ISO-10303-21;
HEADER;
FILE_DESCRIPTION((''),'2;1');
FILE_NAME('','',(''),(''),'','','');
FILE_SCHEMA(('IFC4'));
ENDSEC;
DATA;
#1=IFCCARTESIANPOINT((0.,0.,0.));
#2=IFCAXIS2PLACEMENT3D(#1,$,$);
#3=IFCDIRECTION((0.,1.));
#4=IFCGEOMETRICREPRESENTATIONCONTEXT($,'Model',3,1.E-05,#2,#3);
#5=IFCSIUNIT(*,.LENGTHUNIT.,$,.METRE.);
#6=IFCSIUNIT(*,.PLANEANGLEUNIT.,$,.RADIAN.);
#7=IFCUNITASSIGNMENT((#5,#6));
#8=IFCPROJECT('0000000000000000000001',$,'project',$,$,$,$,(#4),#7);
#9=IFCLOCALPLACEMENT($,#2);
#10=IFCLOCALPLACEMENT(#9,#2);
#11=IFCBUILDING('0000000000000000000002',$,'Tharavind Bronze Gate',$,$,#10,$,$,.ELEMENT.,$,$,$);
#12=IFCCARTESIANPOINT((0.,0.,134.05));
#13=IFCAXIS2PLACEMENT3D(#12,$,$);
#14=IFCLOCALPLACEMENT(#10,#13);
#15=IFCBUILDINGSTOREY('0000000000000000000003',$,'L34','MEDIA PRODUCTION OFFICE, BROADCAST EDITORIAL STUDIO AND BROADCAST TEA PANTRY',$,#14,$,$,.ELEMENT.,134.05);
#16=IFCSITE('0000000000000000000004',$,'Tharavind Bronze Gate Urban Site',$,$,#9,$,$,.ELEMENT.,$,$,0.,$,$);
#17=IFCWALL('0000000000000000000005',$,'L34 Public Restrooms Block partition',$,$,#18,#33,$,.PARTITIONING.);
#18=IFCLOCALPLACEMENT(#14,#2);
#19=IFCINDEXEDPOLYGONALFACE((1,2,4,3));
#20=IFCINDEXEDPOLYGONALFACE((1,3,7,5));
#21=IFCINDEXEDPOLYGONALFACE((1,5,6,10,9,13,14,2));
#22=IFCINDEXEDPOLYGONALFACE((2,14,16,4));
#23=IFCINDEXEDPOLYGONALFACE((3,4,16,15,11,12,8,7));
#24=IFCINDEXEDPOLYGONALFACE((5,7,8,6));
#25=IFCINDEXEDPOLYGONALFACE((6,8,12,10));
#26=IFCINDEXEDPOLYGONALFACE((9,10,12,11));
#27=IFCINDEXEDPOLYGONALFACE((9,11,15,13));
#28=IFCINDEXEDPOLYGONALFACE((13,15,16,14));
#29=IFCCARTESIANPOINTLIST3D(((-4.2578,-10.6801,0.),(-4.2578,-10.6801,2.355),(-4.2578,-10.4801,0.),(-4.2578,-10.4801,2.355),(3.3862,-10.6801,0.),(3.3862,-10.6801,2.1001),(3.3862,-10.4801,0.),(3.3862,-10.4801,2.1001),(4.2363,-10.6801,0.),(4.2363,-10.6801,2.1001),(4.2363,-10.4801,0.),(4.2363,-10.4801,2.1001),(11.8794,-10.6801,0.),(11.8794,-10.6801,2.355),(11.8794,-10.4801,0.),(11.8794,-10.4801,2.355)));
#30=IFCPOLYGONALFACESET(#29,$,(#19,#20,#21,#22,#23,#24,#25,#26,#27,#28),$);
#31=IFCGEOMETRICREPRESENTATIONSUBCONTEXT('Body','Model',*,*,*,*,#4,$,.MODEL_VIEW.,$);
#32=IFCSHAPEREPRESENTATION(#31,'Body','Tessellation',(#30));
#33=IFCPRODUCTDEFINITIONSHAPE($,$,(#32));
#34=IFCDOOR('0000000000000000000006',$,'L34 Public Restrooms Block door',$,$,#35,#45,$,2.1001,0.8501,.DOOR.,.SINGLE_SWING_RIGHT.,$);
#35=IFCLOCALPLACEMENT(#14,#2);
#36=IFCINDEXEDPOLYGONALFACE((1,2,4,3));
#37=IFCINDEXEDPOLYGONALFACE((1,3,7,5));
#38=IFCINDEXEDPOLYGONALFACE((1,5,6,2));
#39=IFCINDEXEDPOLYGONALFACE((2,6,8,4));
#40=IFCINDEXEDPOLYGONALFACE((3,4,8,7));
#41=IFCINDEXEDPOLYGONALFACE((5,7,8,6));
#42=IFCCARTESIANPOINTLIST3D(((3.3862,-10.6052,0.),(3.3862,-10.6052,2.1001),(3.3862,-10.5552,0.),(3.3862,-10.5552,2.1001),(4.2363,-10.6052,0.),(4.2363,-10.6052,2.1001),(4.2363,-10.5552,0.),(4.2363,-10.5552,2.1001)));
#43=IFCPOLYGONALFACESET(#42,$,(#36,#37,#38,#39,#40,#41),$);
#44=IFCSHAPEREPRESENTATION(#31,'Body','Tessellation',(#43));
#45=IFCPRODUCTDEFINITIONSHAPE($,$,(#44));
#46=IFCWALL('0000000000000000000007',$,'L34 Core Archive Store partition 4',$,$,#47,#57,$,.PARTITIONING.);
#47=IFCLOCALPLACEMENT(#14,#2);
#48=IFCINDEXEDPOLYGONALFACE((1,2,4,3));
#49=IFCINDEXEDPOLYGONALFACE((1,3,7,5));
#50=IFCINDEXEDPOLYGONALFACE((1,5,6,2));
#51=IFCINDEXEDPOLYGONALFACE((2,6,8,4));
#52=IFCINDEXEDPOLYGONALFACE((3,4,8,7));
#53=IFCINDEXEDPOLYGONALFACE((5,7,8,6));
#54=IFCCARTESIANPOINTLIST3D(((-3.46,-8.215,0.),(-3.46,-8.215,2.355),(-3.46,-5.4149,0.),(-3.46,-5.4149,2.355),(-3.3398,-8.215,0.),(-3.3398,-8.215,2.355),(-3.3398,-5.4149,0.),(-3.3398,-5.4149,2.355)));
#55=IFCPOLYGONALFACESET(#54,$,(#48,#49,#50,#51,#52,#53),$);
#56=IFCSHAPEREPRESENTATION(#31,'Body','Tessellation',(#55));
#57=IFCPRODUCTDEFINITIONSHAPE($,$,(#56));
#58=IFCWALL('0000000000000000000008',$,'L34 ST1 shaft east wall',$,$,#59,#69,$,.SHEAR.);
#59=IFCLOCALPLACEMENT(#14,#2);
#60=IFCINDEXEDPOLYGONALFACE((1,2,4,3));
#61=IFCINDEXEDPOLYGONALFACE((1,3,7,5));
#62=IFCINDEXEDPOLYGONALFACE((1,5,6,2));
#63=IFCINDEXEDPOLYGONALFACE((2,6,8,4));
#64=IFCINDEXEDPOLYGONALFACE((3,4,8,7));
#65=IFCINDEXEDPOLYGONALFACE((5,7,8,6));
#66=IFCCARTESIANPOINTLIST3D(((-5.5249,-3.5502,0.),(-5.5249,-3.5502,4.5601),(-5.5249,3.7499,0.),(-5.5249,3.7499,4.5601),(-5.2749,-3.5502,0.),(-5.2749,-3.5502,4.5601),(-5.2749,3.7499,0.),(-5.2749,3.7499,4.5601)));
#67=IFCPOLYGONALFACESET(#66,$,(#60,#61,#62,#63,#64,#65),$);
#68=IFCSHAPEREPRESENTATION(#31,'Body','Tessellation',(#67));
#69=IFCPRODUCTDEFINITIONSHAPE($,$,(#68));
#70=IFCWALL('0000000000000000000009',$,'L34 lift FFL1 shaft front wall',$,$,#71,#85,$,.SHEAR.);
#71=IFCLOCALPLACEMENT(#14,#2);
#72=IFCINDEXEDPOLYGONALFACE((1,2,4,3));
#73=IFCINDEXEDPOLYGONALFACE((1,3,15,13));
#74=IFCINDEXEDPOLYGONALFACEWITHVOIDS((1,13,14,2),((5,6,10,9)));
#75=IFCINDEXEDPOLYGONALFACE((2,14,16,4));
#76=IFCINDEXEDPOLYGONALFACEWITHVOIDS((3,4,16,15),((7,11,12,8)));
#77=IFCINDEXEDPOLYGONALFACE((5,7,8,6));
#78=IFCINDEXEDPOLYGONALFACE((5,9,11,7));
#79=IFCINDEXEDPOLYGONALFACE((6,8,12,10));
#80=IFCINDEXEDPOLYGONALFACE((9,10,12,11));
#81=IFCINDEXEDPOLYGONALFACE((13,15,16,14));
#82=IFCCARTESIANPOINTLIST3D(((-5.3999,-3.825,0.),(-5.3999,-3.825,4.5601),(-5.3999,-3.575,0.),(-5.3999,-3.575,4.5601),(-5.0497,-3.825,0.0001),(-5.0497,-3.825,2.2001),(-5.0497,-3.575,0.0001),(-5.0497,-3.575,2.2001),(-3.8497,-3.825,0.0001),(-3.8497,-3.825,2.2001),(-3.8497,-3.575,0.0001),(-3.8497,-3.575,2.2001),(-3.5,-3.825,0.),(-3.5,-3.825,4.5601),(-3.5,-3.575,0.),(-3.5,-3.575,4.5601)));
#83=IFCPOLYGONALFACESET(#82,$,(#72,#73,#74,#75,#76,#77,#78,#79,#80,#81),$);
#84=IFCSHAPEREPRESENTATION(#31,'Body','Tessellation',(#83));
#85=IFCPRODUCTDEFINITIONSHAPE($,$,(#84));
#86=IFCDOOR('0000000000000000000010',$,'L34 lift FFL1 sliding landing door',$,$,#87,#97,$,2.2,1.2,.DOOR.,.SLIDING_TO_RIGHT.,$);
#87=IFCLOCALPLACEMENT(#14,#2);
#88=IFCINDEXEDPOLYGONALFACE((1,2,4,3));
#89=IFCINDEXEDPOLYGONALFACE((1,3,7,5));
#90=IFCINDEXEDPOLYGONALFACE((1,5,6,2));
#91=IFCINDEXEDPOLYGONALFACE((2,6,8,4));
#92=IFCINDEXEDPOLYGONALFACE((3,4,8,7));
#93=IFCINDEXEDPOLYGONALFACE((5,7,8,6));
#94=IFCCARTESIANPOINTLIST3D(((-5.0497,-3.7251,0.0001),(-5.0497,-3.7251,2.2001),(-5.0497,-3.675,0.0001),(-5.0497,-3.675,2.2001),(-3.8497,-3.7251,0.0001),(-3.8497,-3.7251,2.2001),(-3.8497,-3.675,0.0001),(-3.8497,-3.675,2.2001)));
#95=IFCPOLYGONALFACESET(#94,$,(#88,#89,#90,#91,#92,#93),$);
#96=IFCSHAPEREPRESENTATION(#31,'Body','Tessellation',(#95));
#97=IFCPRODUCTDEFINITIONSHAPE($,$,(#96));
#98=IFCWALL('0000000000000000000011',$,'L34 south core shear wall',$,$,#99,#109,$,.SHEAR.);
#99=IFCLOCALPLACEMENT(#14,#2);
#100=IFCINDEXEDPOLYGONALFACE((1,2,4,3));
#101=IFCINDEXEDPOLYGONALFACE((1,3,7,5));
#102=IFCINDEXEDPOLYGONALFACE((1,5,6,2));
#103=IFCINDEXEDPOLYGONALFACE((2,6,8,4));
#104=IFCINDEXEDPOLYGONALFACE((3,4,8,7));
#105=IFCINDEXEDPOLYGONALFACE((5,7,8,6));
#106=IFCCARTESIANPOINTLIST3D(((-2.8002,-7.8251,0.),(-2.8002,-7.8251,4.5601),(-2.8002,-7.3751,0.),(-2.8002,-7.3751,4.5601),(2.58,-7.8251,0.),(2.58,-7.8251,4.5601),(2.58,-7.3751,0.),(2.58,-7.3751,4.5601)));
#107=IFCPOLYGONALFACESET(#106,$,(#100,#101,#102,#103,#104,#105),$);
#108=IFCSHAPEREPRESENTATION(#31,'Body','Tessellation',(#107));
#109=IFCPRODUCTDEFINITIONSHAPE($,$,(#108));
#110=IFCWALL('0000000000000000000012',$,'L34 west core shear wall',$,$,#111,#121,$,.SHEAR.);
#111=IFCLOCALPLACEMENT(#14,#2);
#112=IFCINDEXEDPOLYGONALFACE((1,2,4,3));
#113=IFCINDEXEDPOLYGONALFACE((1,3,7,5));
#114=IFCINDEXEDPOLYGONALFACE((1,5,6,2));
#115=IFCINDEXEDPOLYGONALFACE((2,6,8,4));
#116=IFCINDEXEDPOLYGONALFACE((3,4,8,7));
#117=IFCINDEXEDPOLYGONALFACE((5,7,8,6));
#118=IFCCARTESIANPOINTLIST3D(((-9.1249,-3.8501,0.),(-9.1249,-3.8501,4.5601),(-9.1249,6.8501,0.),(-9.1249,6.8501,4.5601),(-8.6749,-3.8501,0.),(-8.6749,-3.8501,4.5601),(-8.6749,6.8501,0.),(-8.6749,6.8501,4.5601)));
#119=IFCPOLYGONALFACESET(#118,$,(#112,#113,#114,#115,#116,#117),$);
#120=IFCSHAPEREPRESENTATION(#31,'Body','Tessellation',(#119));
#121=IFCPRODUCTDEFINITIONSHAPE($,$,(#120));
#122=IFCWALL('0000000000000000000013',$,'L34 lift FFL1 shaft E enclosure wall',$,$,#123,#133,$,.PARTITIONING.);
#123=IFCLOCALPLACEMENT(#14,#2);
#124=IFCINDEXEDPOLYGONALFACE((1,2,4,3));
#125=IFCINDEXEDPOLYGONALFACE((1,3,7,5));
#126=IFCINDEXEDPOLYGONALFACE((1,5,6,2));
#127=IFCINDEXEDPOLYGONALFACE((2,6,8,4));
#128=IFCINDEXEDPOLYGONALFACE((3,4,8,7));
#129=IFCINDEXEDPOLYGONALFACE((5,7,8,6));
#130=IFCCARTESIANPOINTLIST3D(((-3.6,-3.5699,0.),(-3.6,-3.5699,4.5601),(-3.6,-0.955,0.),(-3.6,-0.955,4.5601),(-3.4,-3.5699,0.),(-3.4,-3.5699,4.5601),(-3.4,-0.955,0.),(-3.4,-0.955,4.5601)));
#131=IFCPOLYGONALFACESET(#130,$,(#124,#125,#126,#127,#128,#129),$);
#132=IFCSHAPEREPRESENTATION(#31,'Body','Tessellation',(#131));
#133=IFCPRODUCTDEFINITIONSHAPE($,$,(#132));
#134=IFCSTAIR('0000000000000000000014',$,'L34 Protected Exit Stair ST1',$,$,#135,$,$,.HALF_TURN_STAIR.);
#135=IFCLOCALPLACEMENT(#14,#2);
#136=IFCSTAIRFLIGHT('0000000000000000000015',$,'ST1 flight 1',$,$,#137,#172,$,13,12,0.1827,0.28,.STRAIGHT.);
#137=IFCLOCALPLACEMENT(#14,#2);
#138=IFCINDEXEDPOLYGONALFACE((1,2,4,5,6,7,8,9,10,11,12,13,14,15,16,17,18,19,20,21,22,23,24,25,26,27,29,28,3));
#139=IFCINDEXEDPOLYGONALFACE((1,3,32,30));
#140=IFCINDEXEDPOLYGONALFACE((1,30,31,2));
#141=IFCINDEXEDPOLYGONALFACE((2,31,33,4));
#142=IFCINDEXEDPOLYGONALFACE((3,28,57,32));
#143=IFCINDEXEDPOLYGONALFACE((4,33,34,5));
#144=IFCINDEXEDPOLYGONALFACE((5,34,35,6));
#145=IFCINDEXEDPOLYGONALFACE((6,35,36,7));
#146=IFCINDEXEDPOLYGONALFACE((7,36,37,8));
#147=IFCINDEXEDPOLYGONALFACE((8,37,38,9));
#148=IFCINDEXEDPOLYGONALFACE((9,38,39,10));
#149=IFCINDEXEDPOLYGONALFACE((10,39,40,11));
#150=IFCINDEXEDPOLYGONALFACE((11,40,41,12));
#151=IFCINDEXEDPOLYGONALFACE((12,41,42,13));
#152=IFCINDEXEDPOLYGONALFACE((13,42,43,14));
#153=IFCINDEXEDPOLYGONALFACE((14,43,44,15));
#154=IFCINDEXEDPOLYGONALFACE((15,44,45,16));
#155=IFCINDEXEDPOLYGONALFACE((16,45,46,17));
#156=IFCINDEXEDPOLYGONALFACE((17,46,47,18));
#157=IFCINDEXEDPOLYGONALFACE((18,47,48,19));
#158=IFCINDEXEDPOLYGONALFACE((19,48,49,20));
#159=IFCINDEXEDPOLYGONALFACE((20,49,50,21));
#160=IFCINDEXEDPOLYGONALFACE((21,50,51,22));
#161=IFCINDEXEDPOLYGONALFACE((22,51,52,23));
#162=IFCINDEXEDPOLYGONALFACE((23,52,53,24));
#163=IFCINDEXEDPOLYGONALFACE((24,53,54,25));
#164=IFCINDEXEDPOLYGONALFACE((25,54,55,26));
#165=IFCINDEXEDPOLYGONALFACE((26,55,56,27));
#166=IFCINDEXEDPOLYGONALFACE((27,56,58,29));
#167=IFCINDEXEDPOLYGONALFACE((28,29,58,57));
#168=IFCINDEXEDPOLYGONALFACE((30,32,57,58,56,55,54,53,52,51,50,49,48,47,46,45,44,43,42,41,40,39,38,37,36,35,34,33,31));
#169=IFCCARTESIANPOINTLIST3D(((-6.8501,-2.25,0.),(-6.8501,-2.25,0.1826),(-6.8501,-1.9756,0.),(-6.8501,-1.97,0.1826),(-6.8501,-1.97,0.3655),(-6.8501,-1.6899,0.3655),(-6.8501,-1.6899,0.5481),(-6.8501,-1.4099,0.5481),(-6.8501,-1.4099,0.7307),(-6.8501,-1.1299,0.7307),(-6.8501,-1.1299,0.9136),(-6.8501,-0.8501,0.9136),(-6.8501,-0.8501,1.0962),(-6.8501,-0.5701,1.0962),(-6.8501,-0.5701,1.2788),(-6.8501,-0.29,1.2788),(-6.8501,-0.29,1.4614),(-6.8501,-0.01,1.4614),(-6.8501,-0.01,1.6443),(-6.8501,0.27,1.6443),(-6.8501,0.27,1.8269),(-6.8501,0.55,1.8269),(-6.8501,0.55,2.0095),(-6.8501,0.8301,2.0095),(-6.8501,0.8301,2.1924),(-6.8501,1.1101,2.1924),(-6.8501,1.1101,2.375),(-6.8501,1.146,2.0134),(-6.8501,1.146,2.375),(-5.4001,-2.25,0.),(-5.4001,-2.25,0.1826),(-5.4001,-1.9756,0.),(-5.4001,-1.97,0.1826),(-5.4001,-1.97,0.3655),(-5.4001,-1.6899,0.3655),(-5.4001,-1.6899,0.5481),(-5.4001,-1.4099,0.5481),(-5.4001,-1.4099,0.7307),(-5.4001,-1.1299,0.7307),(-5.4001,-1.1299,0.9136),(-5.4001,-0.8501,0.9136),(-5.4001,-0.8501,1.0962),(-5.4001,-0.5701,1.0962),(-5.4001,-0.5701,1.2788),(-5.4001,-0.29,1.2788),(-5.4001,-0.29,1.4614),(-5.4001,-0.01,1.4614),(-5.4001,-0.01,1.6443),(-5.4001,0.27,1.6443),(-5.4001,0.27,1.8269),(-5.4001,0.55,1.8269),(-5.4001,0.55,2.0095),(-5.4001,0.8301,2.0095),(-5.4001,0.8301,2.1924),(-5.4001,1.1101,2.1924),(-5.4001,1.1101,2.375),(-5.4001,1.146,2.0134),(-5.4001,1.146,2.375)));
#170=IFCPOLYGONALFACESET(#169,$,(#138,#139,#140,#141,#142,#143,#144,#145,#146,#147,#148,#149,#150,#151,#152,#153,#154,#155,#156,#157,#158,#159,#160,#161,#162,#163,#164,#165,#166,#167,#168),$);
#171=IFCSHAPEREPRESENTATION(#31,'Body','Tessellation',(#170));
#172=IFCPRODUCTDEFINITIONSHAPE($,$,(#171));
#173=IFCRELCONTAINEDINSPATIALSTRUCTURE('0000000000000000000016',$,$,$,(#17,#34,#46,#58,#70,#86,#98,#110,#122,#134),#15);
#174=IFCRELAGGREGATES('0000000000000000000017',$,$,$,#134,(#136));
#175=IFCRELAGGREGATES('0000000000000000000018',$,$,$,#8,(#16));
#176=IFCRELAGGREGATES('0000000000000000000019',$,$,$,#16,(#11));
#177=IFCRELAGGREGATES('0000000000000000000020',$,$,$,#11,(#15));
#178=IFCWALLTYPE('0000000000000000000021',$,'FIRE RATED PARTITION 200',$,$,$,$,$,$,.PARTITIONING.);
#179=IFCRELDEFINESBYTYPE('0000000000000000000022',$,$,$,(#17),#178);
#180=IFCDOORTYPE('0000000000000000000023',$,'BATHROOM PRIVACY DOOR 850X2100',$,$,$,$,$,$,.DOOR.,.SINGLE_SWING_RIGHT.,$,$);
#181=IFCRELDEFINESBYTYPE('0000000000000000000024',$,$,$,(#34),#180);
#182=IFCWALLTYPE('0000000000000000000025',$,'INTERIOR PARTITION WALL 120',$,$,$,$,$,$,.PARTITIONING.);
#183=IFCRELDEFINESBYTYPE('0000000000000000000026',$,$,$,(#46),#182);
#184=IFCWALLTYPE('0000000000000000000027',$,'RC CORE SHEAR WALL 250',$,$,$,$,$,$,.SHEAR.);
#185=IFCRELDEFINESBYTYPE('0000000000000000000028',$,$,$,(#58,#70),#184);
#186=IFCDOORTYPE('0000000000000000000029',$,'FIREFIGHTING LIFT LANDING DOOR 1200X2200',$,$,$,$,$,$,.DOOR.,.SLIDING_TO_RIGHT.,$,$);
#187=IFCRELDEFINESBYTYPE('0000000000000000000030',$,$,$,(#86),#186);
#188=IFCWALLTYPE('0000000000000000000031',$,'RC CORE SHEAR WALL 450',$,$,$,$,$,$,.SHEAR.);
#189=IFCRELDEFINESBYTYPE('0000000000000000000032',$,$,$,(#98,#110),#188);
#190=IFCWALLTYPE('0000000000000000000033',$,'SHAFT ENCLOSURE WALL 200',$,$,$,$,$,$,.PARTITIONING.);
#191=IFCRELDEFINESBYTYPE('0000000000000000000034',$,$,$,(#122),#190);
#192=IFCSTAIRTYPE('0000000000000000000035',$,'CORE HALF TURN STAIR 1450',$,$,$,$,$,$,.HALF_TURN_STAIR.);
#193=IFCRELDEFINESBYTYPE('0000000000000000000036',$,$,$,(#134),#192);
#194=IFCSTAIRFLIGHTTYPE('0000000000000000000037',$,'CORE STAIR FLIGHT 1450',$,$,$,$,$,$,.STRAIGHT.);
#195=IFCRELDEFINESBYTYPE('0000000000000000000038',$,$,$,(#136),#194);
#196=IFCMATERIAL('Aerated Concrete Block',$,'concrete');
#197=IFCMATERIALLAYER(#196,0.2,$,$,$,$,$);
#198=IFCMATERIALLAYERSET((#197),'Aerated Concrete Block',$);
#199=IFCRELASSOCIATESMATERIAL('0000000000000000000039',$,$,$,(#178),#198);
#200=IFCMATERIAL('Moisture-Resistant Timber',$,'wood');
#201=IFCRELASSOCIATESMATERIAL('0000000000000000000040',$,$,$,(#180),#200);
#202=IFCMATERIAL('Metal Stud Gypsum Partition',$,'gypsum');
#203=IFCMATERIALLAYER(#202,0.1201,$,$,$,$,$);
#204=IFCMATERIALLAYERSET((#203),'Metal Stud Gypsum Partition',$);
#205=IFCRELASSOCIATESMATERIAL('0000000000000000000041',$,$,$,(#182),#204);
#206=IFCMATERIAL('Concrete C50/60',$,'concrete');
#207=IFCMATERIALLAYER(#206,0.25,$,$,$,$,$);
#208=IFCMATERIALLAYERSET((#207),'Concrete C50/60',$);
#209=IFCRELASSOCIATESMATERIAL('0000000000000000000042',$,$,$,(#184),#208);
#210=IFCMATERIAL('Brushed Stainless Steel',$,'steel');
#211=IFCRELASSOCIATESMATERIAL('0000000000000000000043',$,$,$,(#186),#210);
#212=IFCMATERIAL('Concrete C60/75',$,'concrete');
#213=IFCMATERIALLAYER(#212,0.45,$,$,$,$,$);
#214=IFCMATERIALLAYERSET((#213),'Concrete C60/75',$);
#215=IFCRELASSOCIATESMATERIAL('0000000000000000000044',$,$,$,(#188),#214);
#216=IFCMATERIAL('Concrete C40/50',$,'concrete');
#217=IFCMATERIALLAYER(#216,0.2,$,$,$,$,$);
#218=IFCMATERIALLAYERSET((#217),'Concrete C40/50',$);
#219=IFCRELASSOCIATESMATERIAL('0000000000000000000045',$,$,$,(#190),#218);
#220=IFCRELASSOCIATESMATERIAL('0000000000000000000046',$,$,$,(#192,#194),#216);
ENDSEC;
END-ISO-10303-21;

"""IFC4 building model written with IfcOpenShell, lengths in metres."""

from ifc_helpers import new_model, si_unit, direction, frame, frame_2d, origin, place, context, subcontext, project, spatial, polyline, rectangle, outline, extrude, material, layer, layer_set, type_object, element, fill, aggregate, save


model = new_model("IFC4")

# Units and contexts
model_context = context("Model", 3, precision=1e-05, world=origin(), true_north=direction((0.0, 1.0)))
body_context = subcontext(model_context, "Body", "Model", "MODEL_VIEW")
ifc_project = project(units=[si_unit("LENGTHUNIT", "METRE"), si_unit("PLANEANGLEUNIT", "RADIAN")], contexts=[model_context])

# Site, building, storey
site_placement = place(None, origin())
site = spatial("IfcSite", under=ifc_project, at=site_placement, Name="Tharavind Bronze Gate Urban Site", CompositionType="ELEMENT", RefElevation=0.0)
building_placement = place(site_placement, origin())
building = spatial("IfcBuilding", under=site, at=building_placement, Name="Tharavind Bronze Gate", CompositionType="ELEMENT")
storey_placement = place(building_placement, frame((0.0, 0.0, 134.05)))
storey = spatial("IfcBuildingStorey", under=building, at=storey_placement, Name="L34", Description="MEDIA PRODUCTION OFFICE, BROADCAST EDITORIAL STUDIO AND BROADCAST TEA PANTRY", CompositionType="ELEMENT", Elevation=134.05)

# Shared definitions
ifc_material_1 = material(Name="Concrete C60/75", Category="concrete")

# Shared definitions
ifc_material_2 = material(Name="Aerated Concrete Block", Category="concrete")
ifc_layer_1 = layer(ifc_material_2, 0.2)
ifc_layer_set_1 = layer_set([ifc_layer_1], Name="Aerated Concrete Block")
wall_type_1 = type_object("IfcWallType", Name="FIRE RATED PARTITION 200", PredefinedType="PARTITIONING", material=ifc_layer_set_1)

# Wall, opening, door
wall_1_placement = place(storey_placement, frame((-4.2578, -10.5801, 0.0), z_axis=(0.0, 0.0, 1.0), x_axis=(1.0, 0.0, 0.0)))
wall_1 = element("IfcWall", 1, at=wall_1_placement, inside=storey, type_object=wall_type_1, Name="L34 Public Restrooms Block partition", PredefinedType="PARTITIONING", context=body_context, shape_type="SweptSolid", body=[
    extrude(rectangle(XDim=16.1372, YDim=0.2, at=frame_2d((8.0686, 0.0))), origin(), (0.0, 0.0, 1.0), 2.355),
])
opening_1_placement = place(wall_1_placement, frame((7.644, 0.0, 0.0)))
opening_1 = element("IfcOpeningElement", 2, at=opening_1_placement, cuts=wall_1, PredefinedType="OPENING", context=body_context, shape_type="SweptSolid", body=[
    extrude(rectangle(XDim=0.8501, YDim=2.1001, at=frame_2d((0.425, 1.05))), frame((0.0, 0.1101, 0.0), z_axis=(0.0, -1.0, 0.0), x_axis=(1.0, 0.0, 0.0)), (0.0, 0.0, 1.0), 0.22),
])
ifc_material_3 = material(Name="Moisture-Resistant Timber", Category="wood")
door_type_1 = type_object("IfcDoorType", Name="BATHROOM PRIVACY DOOR 850X2100", OperationType="SINGLE_SWING_RIGHT", PredefinedType="DOOR", material=ifc_material_3)
door_1_placement = place(opening_1_placement, origin())
door_1 = element("IfcDoor", 3, at=door_1_placement, inside=storey, type_object=door_type_1, Name="L34 Public Restrooms Block door", OperationType="SINGLE_SWING_RIGHT", OverallHeight=2.1001, OverallWidth=0.8501, PredefinedType="DOOR", context=body_context, shape_type="SweptSolid", body=[
    extrude(rectangle(XDim=0.8501, YDim=2.1001, at=frame_2d((0.425, 1.05))), frame((0.0, 0.0249, 0.0), z_axis=(0.0, -1.0, 0.0), x_axis=(1.0, 0.0, 0.0)), (0.0, 0.0, 1.0), 0.05),
])
fill(opening_1, door_1)

# Walls
ifc_material_4 = material(Name="Metal Stud Gypsum Partition", Category="gypsum")
ifc_layer_2 = layer(ifc_material_4, 0.1201)
ifc_layer_set_2 = layer_set([ifc_layer_2], Name="Metal Stud Gypsum Partition")
wall_type_2 = type_object("IfcWallType", Name="INTERIOR PARTITION WALL 120", PredefinedType="PARTITIONING", material=ifc_layer_set_2)
wall_2_placement = place(storey_placement, frame((-3.3999, -5.415, 0.0), z_axis=(0.0, 0.0, 1.0), x_axis=(0.0, -1.0, 0.0)))
element("IfcWall", 4, at=wall_2_placement, inside=storey, type_object=wall_type_2, Name="L34 Core Archive Store partition 4", PredefinedType="PARTITIONING", context=body_context, shape_type="SweptSolid", body=[
    extrude(rectangle(XDim=2.8, YDim=0.1201, at=frame_2d((1.3999, 0.0))), origin(), (0.0, 0.0, 1.0), 2.355),
])
ifc_material_5 = material(Name="Concrete C50/60", Category="concrete")
ifc_layer_3 = layer(ifc_material_5, 0.25)
ifc_layer_set_3 = layer_set([ifc_layer_3], Name="Concrete C50/60")
wall_type_3 = type_object("IfcWallType", Name="RC CORE SHEAR WALL 250", PredefinedType="SHEAR", material=ifc_layer_set_3)
wall_3_placement = place(storey_placement, frame((-5.3999, -3.55, 0.0), z_axis=(0.0, 0.0, 1.0), x_axis=(0.0, 1.0, 0.0)))
element("IfcWall", 5, at=wall_3_placement, inside=storey, type_object=wall_type_3, Name="L34 ST1 shaft east wall", PredefinedType="SHEAR", context=body_context, shape_type="SweptSolid", body=[
    extrude(rectangle(XDim=7.3, YDim=0.25, at=frame_2d((3.6499, 0.0))), origin(), (0.0, 0.0, 1.0), 4.5601),
])

# Wall, opening, door
wall_4_placement = place(storey_placement, frame((-5.3999, -3.7, 0.0), z_axis=(0.0, 0.0, 1.0), x_axis=(1.0, 0.0, 0.0)))
wall_4 = element("IfcWall", 6, at=wall_4_placement, inside=storey, type_object=wall_type_3, Name="L34 lift FFL1 shaft front wall", PredefinedType="SHEAR", context=body_context, shape_type="SweptSolid", body=[
    extrude(rectangle(XDim=1.8999, YDim=0.25, at=frame_2d((0.95, 0.0))), origin(), (0.0, 0.0, 1.0), 4.5601),
])
opening_2_placement = place(wall_4_placement, frame((0.3501, 0.0, 0.0)))
opening_2 = element("IfcOpeningElement", 7, at=opening_2_placement, cuts=wall_4, PredefinedType="OPENING", context=body_context, shape_type="SweptSolid", body=[
    extrude(rectangle(XDim=1.2, YDim=2.2, at=frame_2d((0.6001, 1.1001))), frame((0.0, 0.135, 0.0), z_axis=(0.0, -1.0, 0.0), x_axis=(1.0, 0.0, 0.0)), (0.0, 0.0, 1.0), 0.27),
])
ifc_material_6 = material(Name="Brushed Stainless Steel", Category="steel")
door_type_2 = type_object("IfcDoorType", Name="FIREFIGHTING LIFT LANDING DOOR 1200X2200", OperationType="SLIDING_TO_RIGHT", PredefinedType="DOOR", material=ifc_material_6)
door_2_placement = place(opening_2_placement, origin())
door_2 = element("IfcDoor", 8, at=door_2_placement, inside=storey, type_object=door_type_2, Name="L34 lift FFL1 sliding landing door", OperationType="SLIDING_TO_RIGHT", OverallHeight=2.2, OverallWidth=1.2, PredefinedType="DOOR", context=body_context, shape_type="SweptSolid", body=[
    extrude(rectangle(XDim=1.2, YDim=2.2, at=frame_2d((0.6001, 1.1001))), frame((0.0, 0.0249, 0.0), z_axis=(0.0, -1.0, 0.0), x_axis=(1.0, 0.0, 0.0)), (0.0, 0.0, 1.0), 0.05),
])
fill(opening_2, door_2)

# Walls
ifc_layer_4 = layer(ifc_material_1, 0.45)
ifc_layer_set_4 = layer_set([ifc_layer_4], Name="Concrete C60/75")
wall_type_4 = type_object("IfcWallType", Name="RC CORE SHEAR WALL 450", PredefinedType="SHEAR", material=ifc_layer_set_4)
wall_5_placement = place(storey_placement, frame((-2.8, -7.6001, 0.0), z_axis=(0.0, 0.0, 1.0), x_axis=(1.0, 0.0, 0.0)))
element("IfcWall", 9, at=wall_5_placement, inside=storey, type_object=wall_type_4, Name="L34 south core shear wall", PredefinedType="SHEAR", context=body_context, shape_type="SweptSolid", body=[
    extrude(rectangle(XDim=5.3801, YDim=0.45, at=frame_2d((2.6899, 0.0))), origin(), (0.0, 0.0, 1.0), 4.5601),
])
wall_6_placement = place(storey_placement, frame((-8.8999, -3.8501, 0.0), z_axis=(0.0, 0.0, 1.0), x_axis=(0.0, 1.0, 0.0)))
element("IfcWall", 10, at=wall_6_placement, inside=storey, type_object=wall_type_4, Name="L34 west core shear wall", PredefinedType="SHEAR", context=body_context, shape_type="SweptSolid", body=[
    extrude(rectangle(XDim=10.7002, YDim=0.45, at=frame_2d((5.3501, 0.0))), origin(), (0.0, 0.0, 1.0), 4.5601),
])
ifc_material_7 = material(Name="Concrete C40/50", Category="concrete")
ifc_layer_5 = layer(ifc_material_7, 0.2)
ifc_layer_set_5 = layer_set([ifc_layer_5], Name="Concrete C40/50")
wall_type_5 = type_object("IfcWallType", Name="SHAFT ENCLOSURE WALL 200", PredefinedType="PARTITIONING", material=ifc_layer_set_5)
wall_7_placement = place(storey_placement, frame((-3.5, -3.5701, 0.0), z_axis=(0.0, 0.0, 1.0), x_axis=(0.0, 1.0, 0.0)))
element("IfcWall", 11, at=wall_7_placement, inside=storey, type_object=wall_type_5, Name="L34 lift FFL1 shaft E enclosure wall", PredefinedType="PARTITIONING", context=body_context, shape_type="SweptSolid", body=[
    extrude(rectangle(XDim=2.615, YDim=0.2, at=frame_2d((1.3076, 0.0))), origin(), (0.0, 0.0, 1.0), 4.5601),
])

# Stair, stair flight
stair_type = type_object("IfcStairType", Name="CORE HALF TURN STAIR 1450", PredefinedType="HALF_TURN_STAIR", material=ifc_material_7)
stair_placement = place(storey_placement, origin())
stair = element("IfcStair", 12, at=stair_placement, inside=storey, type_object=stair_type, Name="L34 Protected Exit Stair ST1", PredefinedType="HALF_TURN_STAIR")
stair_flight_type = type_object("IfcStairFlightType", Name="CORE STAIR FLIGHT 1450", PredefinedType="STRAIGHT", material=ifc_material_7)
stair_flight_placement = place(storey_placement, frame((-6.125, -2.25, 0.0), z_axis=(0.0, 0.0, 1.0), x_axis=(0.0, 1.0, 0.0)))
stair_flight = element("IfcStairFlight", 13, at=stair_flight_placement, type_object=stair_flight_type, Name="ST1 flight 1", NumberOfRisers=13, NumberOfTreads=12, PredefinedType="STRAIGHT", RiserHeight=0.1827, TreadLength=0.28, context=body_context, shape_type="SweptSolid", body=[
    extrude(outline(polyline([(0.0, 0.0), (0.0, 0.1826), (0.28, 0.1826), (0.28, 0.3655), (0.5601, 0.3655), (0.5601, 0.5481), (0.8401, 0.5481), (0.8401, 0.7307), (1.1201, 0.7307), (1.1201, 0.9136), (1.3999, 0.9136), (1.3999, 1.0962), (1.6799, 1.0962), (1.6799, 1.2788), (1.96, 1.2788), (1.96, 1.4614), (2.24, 1.4614), (2.24, 1.6443), (2.52, 1.6443), (2.52, 1.8269), (2.8, 1.8269), (2.8, 2.0095), (3.0801, 2.0095), (3.0801, 2.1924), (3.3601, 2.1924), (3.3601, 2.375), (3.396, 2.375), (3.396, 2.0134), (0.2744, 0.0), (0.0, 0.0)])), frame((0.0, 0.7251, 0.0), z_axis=(0.0, -1.0, 0.0), x_axis=(1.0, 0.0, 0.0)), (0.0, 0.0, 1.0), 1.45),
])
aggregate(stair, [stair_flight])

save(model, "model.ifc")
